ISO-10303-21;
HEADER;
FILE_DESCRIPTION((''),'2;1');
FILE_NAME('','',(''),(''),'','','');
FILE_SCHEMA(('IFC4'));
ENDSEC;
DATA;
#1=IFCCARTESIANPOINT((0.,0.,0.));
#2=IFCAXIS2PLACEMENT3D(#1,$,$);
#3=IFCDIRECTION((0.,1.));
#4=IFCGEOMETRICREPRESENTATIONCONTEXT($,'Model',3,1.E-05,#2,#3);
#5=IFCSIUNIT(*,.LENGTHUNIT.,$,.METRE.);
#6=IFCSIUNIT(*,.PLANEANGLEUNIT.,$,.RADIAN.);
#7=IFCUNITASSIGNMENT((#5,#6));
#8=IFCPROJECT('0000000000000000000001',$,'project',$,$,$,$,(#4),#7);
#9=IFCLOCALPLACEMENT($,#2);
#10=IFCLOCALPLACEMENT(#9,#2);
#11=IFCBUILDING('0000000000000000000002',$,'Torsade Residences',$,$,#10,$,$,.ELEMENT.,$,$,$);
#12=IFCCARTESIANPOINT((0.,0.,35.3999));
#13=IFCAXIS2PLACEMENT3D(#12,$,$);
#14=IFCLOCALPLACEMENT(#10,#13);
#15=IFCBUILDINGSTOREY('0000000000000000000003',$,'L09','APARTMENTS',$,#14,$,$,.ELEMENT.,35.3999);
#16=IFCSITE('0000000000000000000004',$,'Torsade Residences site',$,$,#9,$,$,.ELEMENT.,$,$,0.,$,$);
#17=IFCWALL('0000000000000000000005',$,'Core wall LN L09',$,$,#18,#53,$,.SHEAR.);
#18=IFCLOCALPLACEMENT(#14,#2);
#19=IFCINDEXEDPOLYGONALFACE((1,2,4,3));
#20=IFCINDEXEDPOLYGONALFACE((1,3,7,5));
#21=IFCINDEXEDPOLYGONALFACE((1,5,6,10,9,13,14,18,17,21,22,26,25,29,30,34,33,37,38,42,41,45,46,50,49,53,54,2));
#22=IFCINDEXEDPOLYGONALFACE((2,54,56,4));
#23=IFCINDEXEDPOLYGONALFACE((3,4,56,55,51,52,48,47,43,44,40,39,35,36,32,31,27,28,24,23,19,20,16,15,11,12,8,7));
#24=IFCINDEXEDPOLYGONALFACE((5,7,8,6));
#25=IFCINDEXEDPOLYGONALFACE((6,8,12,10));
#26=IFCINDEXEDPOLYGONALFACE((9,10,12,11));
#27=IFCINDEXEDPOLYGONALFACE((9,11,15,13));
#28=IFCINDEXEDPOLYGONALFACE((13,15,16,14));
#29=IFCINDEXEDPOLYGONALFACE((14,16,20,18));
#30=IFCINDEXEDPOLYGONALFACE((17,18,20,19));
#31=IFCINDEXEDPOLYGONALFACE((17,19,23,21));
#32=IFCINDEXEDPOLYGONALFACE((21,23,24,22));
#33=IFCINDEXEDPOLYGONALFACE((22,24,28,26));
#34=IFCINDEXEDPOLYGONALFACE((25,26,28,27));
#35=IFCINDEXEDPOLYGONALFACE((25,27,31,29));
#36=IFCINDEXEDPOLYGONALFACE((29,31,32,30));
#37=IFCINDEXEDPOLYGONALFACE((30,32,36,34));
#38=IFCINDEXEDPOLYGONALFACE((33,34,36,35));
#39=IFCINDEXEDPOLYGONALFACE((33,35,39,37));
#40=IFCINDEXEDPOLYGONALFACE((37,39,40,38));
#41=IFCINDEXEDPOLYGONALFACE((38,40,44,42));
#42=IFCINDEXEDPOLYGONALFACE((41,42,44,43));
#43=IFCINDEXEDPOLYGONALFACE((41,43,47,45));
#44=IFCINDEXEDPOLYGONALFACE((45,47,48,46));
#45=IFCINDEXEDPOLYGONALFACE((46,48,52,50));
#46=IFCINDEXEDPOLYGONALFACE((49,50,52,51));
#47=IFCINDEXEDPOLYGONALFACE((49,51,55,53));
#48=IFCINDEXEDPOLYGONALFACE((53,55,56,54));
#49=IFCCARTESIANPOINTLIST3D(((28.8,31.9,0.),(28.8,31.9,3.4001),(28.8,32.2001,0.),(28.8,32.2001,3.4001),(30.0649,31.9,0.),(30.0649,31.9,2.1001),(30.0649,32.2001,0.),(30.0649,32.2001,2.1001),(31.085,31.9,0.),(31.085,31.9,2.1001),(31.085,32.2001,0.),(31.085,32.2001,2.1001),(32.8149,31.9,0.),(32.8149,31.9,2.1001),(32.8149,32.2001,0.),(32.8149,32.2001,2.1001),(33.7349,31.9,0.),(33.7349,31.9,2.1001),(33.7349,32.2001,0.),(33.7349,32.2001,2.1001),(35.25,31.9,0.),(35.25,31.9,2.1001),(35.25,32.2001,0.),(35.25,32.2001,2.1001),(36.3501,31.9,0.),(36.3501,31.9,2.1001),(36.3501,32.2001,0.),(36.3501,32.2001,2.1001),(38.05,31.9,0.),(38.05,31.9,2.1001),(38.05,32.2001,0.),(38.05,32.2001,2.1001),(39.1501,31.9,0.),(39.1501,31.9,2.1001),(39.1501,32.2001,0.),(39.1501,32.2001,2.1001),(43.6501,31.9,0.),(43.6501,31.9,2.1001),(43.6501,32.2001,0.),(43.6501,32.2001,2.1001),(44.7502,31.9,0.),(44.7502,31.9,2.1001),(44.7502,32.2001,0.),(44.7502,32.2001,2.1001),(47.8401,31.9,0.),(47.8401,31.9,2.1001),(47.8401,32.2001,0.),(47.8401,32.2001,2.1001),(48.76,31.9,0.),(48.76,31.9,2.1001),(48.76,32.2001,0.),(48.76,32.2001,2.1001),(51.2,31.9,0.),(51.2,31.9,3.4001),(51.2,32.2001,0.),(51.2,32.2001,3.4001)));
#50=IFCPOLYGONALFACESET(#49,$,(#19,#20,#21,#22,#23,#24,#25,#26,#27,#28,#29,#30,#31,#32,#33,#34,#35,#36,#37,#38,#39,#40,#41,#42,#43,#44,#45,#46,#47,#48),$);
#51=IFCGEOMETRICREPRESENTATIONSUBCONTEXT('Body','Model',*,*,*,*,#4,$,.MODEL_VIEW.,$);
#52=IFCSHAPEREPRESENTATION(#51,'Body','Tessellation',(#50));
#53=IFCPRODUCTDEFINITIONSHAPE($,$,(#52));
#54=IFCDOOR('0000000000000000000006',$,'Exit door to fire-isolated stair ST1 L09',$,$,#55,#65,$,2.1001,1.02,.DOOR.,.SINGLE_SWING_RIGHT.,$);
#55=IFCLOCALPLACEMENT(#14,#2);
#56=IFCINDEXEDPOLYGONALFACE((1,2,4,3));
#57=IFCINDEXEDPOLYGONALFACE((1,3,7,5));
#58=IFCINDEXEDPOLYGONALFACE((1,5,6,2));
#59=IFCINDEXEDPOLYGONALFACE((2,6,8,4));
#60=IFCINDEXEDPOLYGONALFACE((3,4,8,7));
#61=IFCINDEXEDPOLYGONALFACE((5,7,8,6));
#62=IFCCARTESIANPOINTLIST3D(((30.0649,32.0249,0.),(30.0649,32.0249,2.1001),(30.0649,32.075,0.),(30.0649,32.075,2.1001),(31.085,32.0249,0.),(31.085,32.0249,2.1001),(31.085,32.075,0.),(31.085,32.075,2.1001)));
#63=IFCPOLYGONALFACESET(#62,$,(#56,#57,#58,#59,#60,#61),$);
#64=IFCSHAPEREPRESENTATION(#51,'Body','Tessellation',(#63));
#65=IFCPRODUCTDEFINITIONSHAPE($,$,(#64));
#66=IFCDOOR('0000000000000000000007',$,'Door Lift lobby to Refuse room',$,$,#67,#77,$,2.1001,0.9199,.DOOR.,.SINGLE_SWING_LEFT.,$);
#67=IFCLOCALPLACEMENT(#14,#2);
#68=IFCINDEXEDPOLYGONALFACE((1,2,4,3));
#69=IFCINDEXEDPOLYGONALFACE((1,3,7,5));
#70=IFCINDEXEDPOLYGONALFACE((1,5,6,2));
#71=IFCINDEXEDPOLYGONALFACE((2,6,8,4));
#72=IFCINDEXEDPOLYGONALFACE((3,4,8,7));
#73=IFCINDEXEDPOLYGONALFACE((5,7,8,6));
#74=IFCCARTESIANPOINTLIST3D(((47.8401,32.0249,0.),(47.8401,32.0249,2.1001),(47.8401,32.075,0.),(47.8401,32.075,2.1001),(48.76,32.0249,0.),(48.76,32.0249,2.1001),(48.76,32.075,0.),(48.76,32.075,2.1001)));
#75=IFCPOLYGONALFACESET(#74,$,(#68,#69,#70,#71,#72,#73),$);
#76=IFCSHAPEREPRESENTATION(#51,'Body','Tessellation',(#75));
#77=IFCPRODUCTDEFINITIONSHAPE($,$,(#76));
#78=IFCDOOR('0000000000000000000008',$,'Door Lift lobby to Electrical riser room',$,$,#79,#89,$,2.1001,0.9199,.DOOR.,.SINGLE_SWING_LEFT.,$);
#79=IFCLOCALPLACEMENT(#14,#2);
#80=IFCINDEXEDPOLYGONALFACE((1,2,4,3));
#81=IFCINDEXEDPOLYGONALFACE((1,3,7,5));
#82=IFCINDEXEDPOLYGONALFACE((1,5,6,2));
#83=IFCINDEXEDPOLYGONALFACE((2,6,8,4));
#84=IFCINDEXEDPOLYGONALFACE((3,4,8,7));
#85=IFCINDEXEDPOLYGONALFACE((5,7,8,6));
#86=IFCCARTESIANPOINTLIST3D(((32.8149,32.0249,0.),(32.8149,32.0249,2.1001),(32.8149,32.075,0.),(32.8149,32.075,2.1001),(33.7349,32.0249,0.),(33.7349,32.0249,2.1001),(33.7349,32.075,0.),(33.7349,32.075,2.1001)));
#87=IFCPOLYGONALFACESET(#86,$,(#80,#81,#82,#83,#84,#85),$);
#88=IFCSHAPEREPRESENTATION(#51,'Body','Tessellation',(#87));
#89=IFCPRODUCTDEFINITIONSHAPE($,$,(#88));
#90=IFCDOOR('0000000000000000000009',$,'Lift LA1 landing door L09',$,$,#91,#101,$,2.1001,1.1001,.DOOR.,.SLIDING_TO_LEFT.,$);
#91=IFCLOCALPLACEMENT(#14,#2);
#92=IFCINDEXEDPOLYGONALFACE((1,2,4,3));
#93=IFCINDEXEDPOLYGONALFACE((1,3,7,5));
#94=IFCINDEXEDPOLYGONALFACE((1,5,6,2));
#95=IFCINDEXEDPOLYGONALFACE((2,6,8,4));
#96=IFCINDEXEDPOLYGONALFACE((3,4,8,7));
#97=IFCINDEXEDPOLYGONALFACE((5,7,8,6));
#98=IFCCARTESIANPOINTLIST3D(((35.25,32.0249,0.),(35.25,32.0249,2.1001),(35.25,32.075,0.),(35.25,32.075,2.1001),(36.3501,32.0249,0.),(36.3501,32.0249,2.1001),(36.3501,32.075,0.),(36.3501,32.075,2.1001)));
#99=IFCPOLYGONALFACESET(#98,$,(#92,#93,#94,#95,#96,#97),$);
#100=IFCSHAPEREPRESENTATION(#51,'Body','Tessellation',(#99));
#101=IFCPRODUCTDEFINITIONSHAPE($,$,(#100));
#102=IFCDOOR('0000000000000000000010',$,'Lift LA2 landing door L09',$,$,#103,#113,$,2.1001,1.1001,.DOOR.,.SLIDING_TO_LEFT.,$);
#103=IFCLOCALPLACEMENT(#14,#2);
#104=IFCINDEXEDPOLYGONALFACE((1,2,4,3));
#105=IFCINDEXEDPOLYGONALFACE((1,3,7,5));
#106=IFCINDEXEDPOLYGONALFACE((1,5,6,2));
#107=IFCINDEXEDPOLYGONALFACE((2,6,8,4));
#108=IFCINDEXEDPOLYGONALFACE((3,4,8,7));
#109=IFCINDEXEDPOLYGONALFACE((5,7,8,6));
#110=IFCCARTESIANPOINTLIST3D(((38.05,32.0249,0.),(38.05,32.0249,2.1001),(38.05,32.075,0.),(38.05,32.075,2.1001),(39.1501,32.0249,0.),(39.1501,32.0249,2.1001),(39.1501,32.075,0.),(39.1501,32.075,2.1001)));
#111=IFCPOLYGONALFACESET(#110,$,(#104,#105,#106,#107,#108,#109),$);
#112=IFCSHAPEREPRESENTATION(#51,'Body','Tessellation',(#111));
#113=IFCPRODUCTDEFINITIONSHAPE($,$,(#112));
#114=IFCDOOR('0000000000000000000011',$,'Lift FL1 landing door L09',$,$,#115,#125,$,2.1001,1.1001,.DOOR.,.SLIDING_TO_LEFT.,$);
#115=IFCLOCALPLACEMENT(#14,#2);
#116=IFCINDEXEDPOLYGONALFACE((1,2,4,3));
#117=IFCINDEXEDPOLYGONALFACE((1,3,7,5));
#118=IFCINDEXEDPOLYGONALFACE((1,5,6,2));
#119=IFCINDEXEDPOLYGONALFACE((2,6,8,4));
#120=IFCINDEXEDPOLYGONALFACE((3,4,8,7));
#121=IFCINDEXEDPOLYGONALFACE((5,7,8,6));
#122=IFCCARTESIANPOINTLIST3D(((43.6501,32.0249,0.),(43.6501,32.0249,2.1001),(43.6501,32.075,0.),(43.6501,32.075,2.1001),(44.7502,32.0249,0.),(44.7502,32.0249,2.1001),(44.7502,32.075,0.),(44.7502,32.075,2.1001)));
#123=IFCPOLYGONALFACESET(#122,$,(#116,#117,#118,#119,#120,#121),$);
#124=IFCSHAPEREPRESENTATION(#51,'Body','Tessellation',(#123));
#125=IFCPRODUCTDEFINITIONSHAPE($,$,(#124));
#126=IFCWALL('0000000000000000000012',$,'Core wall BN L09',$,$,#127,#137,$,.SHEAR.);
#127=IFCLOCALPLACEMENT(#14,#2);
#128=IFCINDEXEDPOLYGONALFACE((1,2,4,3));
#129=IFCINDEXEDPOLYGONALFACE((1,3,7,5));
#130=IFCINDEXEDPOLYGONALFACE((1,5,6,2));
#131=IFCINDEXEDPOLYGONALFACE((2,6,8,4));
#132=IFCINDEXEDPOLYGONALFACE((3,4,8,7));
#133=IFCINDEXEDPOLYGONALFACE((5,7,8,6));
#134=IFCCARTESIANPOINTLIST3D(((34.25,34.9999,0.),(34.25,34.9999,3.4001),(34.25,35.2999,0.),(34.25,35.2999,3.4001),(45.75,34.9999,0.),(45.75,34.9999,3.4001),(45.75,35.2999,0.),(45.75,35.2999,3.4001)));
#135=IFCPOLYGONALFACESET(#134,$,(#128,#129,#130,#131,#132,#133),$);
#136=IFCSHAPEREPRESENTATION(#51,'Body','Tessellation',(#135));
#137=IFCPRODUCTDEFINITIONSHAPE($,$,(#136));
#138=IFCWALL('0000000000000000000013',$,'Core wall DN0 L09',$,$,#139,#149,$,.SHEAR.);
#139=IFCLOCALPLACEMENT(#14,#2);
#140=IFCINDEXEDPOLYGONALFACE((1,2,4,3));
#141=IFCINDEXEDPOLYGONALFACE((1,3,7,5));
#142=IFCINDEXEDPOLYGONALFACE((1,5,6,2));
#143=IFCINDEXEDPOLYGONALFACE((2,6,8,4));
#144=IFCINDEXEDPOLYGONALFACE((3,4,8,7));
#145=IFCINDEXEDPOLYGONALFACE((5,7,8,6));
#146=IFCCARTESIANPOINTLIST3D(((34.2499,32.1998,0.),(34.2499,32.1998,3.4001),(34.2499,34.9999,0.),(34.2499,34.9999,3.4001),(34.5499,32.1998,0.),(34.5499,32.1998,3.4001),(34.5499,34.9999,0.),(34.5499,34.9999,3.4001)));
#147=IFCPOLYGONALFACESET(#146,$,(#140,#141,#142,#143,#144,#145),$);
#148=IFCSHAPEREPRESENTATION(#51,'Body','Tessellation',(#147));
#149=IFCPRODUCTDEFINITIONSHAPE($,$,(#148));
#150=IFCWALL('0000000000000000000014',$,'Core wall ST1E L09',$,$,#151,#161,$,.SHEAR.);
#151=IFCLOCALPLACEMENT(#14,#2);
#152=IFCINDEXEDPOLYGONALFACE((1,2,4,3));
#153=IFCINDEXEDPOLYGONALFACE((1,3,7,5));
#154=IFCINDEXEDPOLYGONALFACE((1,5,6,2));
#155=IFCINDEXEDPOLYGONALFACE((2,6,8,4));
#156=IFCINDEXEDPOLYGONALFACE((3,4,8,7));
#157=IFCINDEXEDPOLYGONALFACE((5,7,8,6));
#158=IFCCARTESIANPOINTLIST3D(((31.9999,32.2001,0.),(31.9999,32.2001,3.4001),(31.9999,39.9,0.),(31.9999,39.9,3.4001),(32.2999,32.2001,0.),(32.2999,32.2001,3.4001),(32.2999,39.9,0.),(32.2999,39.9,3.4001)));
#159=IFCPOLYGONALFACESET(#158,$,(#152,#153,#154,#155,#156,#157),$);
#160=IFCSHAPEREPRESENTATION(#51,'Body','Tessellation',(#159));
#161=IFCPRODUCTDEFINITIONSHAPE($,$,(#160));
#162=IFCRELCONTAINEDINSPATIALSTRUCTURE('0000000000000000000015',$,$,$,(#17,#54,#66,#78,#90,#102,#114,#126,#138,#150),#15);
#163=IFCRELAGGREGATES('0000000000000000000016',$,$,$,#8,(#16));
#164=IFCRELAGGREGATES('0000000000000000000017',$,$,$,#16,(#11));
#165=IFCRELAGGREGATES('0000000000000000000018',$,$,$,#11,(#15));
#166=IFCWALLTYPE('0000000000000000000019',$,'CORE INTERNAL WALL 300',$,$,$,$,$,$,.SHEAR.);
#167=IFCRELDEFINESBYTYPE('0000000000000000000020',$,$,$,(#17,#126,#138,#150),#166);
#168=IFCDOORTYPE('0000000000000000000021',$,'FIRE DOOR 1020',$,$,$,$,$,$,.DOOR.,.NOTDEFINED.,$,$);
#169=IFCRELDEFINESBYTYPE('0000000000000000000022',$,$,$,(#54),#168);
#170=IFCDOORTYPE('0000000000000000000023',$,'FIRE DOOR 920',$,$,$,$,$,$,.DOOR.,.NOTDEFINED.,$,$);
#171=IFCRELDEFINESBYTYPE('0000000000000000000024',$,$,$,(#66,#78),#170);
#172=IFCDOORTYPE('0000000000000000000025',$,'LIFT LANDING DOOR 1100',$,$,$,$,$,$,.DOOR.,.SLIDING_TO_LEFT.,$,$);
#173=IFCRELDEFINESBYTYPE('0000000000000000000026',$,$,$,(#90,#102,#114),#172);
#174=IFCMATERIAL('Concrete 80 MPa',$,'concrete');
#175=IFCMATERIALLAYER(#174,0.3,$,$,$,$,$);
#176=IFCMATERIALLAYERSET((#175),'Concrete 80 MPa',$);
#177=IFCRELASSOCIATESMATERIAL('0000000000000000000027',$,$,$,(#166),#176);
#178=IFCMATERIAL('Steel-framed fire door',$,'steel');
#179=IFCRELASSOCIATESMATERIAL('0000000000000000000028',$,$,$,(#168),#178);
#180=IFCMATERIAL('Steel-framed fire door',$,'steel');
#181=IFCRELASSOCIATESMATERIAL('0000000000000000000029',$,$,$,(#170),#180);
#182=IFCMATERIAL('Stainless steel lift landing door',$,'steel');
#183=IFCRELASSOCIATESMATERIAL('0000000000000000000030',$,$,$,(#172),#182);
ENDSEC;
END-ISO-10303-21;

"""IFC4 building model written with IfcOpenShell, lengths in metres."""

from ifc_helpers import new_model, si_unit, direction, frame, frame_2d, origin, place, context, subcontext, project, spatial, rectangle, extrude, material, layer, layer_set, type_object, element, fill, save


model = new_model("IFC4")

# Units and contexts
model_context = context("Model", 3, precision=1e-05, world=origin(), true_north=direction((0.0, 1.0)))
body_context = subcontext(model_context, "Body", "Model", "MODEL_VIEW")
ifc_project = project(units=[si_unit("LENGTHUNIT", "METRE"), si_unit("PLANEANGLEUNIT", "RADIAN")], contexts=[model_context])

# Site, building, storey
site_placement = place(None, origin())
site = spatial("IfcSite", under=ifc_project, at=site_placement, Name="Torsade Residences site", CompositionType="ELEMENT", RefElevation=0.0)
building_placement = place(site_placement, origin())
building = spatial("IfcBuilding", under=site, at=building_placement, Name="Torsade Residences", CompositionType="ELEMENT")
storey_placement = place(building_placement, frame((0.0, 0.0, 35.3999)))
storey = spatial("IfcBuildingStorey", under=building, at=storey_placement, Name="L09", Description="APARTMENTS", CompositionType="ELEMENT", Elevation=35.3999)

# Wall, openings, doors
ifc_material_1 = material(Name="Concrete 80 MPa", Category="concrete")
ifc_layer_1 = layer(ifc_material_1, 0.3)
ifc_layer_set_1 = layer_set([ifc_layer_1], Name="Concrete 80 MPa")
wall_type_1 = type_object("IfcWallType", Name="CORE INTERNAL WALL 300", PredefinedType="SHEAR", material=ifc_layer_set_1)
wall_1_placement = place(storey_placement, frame((28.8, 32.05, 0.0), z_axis=(0.0, 0.0, 1.0), x_axis=(1.0, 0.0, 0.0)))
wall_1 = element("IfcWall", 1, at=wall_1_placement, inside=storey, type_object=wall_type_1, Name="Core wall LN L09", PredefinedType="SHEAR", context=body_context, shape_type="SweptSolid", body=[
    extrude(rectangle(XDim=22.3999, YDim=0.3, at=frame_2d((11.2, 0.0))), origin(), (0.0, 0.0, 1.0), 3.4001),
])
opening_1_placement = place(wall_1_placement, frame((19.04, 0.0, 0.0)))
opening_1 = element("IfcOpeningElement", 2, at=opening_1_placement, cuts=wall_1, PredefinedType="OPENING", context=body_context, shape_type="SweptSolid", body=[
    extrude(rectangle(XDim=0.9199, YDim=2.1001, at=frame_2d((0.46, 1.05))), frame((0.0, 0.1599, 0.0), z_axis=(0.0, -1.0, 0.0), x_axis=(1.0, 0.0, 0.0)), (0.0, 0.0, 1.0), 0.3201),
])
opening_2_placement = place(wall_1_placement, frame((1.2649, 0.0, 0.0)))
opening_2 = element("IfcOpeningElement", 3, at=opening_2_placement, cuts=wall_1, PredefinedType="OPENING", context=body_context, shape_type="SweptSolid", body=[
    extrude(rectangle(XDim=1.02, YDim=2.1001, at=frame_2d((0.51, 1.05))), frame((0.0, 0.1599, 0.0), z_axis=(0.0, -1.0, 0.0), x_axis=(1.0, 0.0, 0.0)), (0.0, 0.0, 1.0), 0.3201),
])
opening_3_placement = place(wall_1_placement, frame((4.0149, 0.0, 0.0)))
opening_3 = element("IfcOpeningElement", 4, at=opening_3_placement, cuts=wall_1, PredefinedType="OPENING", context=body_context, shape_type="SweptSolid", body=[
    extrude(rectangle(XDim=0.9199, YDim=2.1001, at=frame_2d((0.46, 1.05))), frame((0.0, 0.1599, 0.0), z_axis=(0.0, -1.0, 0.0), x_axis=(1.0, 0.0, 0.0)), (0.0, 0.0, 1.0), 0.3201),
])
opening_4_placement = place(wall_1_placement, frame((6.45, 0.0, 0.0)))
opening_4 = element("IfcOpeningElement", 5, at=opening_4_placement, cuts=wall_1, PredefinedType="OPENING", context=body_context, shape_type="SweptSolid", body=[
    extrude(rectangle(XDim=1.1001, YDim=2.1001, at=frame_2d((0.55, 1.05))), frame((0.0, 0.1599, 0.0), z_axis=(0.0, -1.0, 0.0), x_axis=(1.0, 0.0, 0.0)), (0.0, 0.0, 1.0), 0.3201),
])
opening_5_placement = place(wall_1_placement, frame((9.25, 0.0, 0.0)))
opening_5 = element("IfcOpeningElement", 6, at=opening_5_placement, cuts=wall_1, PredefinedType="OPENING", context=body_context, shape_type="SweptSolid", body=[
    extrude(rectangle(XDim=1.1001, YDim=2.1001, at=frame_2d((0.55, 1.05))), frame((0.0, 0.1599, 0.0), z_axis=(0.0, -1.0, 0.0), x_axis=(1.0, 0.0, 0.0)), (0.0, 0.0, 1.0), 0.3201),
])
opening_6_placement = place(wall_1_placement, frame((14.8501, 0.0, 0.0)))
opening_6 = element("IfcOpeningElement", 7, at=opening_6_placement, cuts=wall_1, PredefinedType="OPENING", context=body_context, shape_type="SweptSolid", body=[
    extrude(rectangle(XDim=1.1001, YDim=2.1001, at=frame_2d((0.55, 1.05))), frame((0.0, 0.1599, 0.0), z_axis=(0.0, -1.0, 0.0), x_axis=(1.0, 0.0, 0.0)), (0.0, 0.0, 1.0), 0.3201),
])
ifc_material_2 = material(Name="Steel-framed fire door", Category="steel")
door_type_1 = type_object("IfcDoorType", Name="FIRE DOOR 1020", OperationType="NOTDEFINED", PredefinedType="DOOR", material=ifc_material_2)
door_1_placement = place(opening_2_placement, origin())
door_1 = element("IfcDoor", 8, at=door_1_placement, inside=storey, type_object=door_type_1, Name="Exit door to fire-isolated stair ST1 L09", OperationType="SINGLE_SWING_RIGHT", OverallHeight=2.1001, OverallWidth=1.02, PredefinedType="DOOR", context=body_context, shape_type="SweptSolid", body=[
    extrude(rectangle(XDim=1.02, YDim=2.1001, at=frame_2d((0.51, 1.05))), frame((0.0, 0.0249, 0.0), z_axis=(0.0, -1.0, 0.0), x_axis=(1.0, 0.0, 0.0)), (0.0, 0.0, 1.0), 0.05),
])
fill(opening_2, door_1)
ifc_material_3 = material(Name="Steel-framed fire door", Category="steel")
door_type_2 = type_object("IfcDoorType", Name="FIRE DOOR 920", OperationType="NOTDEFINED", PredefinedType="DOOR", material=ifc_material_3)
door_2_placement = place(opening_1_placement, origin())
door_2 = element("IfcDoor", 9, at=door_2_placement, inside=storey, type_object=door_type_2, Name="Door Lift lobby to Refuse room", OperationType="SINGLE_SWING_LEFT", OverallHeight=2.1001, OverallWidth=0.9199, PredefinedType="DOOR", context=body_context, shape_type="SweptSolid", body=[
    extrude(rectangle(XDim=0.9199, YDim=2.1001, at=frame_2d((0.46, 1.05))), frame((0.0, 0.0249, 0.0), z_axis=(0.0, -1.0, 0.0), x_axis=(1.0, 0.0, 0.0)), (0.0, 0.0, 1.0), 0.05),
])
fill(opening_1, door_2)
door_3_placement = place(opening_3_placement, origin())
door_3 = element("IfcDoor", 10, at=door_3_placement, inside=storey, type_object=door_type_2, Name="Door Lift lobby to Electrical riser room", OperationType="SINGLE_SWING_LEFT", OverallHeight=2.1001, OverallWidth=0.9199, PredefinedType="DOOR", context=body_context, shape_type="SweptSolid", body=[
    extrude(rectangle(XDim=0.9199, YDim=2.1001, at=frame_2d((0.46, 1.05))), frame((0.0, 0.0249, 0.0), z_axis=(0.0, -1.0, 0.0), x_axis=(1.0, 0.0, 0.0)), (0.0, 0.0, 1.0), 0.05),
])
fill(opening_3, door_3)
ifc_material_4 = material(Name="Stainless steel lift landing door", Category="steel")
door_type_3 = type_object("IfcDoorType", Name="LIFT LANDING DOOR 1100", OperationType="SLIDING_TO_LEFT", PredefinedType="DOOR", material=ifc_material_4)
door_4_placement = place(opening_4_placement, origin())
door_4 = element("IfcDoor", 11, at=door_4_placement, inside=storey, type_object=door_type_3, Name="Lift LA1 landing door L09", OperationType="SLIDING_TO_LEFT", OverallHeight=2.1001, OverallWidth=1.1001, PredefinedType="DOOR", context=body_context, shape_type="SweptSolid", body=[
    extrude(rectangle(XDim=1.1001, YDim=2.1001, at=frame_2d((0.55, 1.05))), frame((0.0, 0.0249, 0.0), z_axis=(0.0, -1.0, 0.0), x_axis=(1.0, 0.0, 0.0)), (0.0, 0.0, 1.0), 0.05),
])
fill(opening_4, door_4)
door_5_placement = place(opening_5_placement, origin())
door_5 = element("IfcDoor", 12, at=door_5_placement, inside=storey, type_object=door_type_3, Name="Lift LA2 landing door L09", OperationType="SLIDING_TO_LEFT", OverallHeight=2.1001, OverallWidth=1.1001, PredefinedType="DOOR", context=body_context, shape_type="SweptSolid", body=[
    extrude(rectangle(XDim=1.1001, YDim=2.1001, at=frame_2d((0.55, 1.05))), frame((0.0, 0.0249, 0.0), z_axis=(0.0, -1.0, 0.0), x_axis=(1.0, 0.0, 0.0)), (0.0, 0.0, 1.0), 0.05),
])
fill(opening_5, door_5)
door_6_placement = place(opening_6_placement, origin())
door_6 = element("IfcDoor", 13, at=door_6_placement, inside=storey, type_object=door_type_3, Name="Lift FL1 landing door L09", OperationType="SLIDING_TO_LEFT", OverallHeight=2.1001, OverallWidth=1.1001, PredefinedType="DOOR", context=body_context, shape_type="SweptSolid", body=[
    extrude(rectangle(XDim=1.1001, YDim=2.1001, at=frame_2d((0.55, 1.05))), frame((0.0, 0.0249, 0.0), z_axis=(0.0, -1.0, 0.0), x_axis=(1.0, 0.0, 0.0)), (0.0, 0.0, 1.0), 0.05),
])
fill(opening_6, door_6)

# Walls
wall_2_placement = place(storey_placement, frame((34.25, 35.1499, 0.0), z_axis=(0.0, 0.0, 1.0), x_axis=(1.0, 0.0, 0.0)))
element("IfcWall", 14, at=wall_2_placement, inside=storey, type_object=wall_type_1, Name="Core wall BN L09", PredefinedType="SHEAR", context=body_context, shape_type="SweptSolid", body=[
    extrude(rectangle(XDim=11.5, YDim=0.3, at=frame_2d((5.75, 0.0))), origin(), (0.0, 0.0, 1.0), 3.4001),
])
wall_3_placement = place(storey_placement, frame((34.3999, 32.2, 0.0), z_axis=(0.0, 0.0, 1.0), x_axis=(0.0, 1.0, 0.0)))
element("IfcWall", 15, at=wall_3_placement, inside=storey, type_object=wall_type_1, Name="Core wall DN0 L09", PredefinedType="SHEAR", context=body_context, shape_type="SweptSolid", body=[
    extrude(rectangle(XDim=2.8, YDim=0.3, at=frame_2d((1.3999, 0.0))), origin(), (0.0, 0.0, 1.0), 3.4001),
])
wall_4_placement = place(storey_placement, frame((32.1499, 32.2, 0.0), z_axis=(0.0, 0.0, 1.0), x_axis=(0.0, 1.0, 0.0)))
element("IfcWall", 16, at=wall_4_placement, inside=storey, type_object=wall_type_1, Name="Core wall ST1E L09", PredefinedType="SHEAR", context=body_context, shape_type="SweptSolid", body=[
    extrude(rectangle(XDim=7.7, YDim=0.3, at=frame_2d((3.8501, 0.0))), origin(), (0.0, 0.0, 1.0), 3.4001),
])

save(model, "model.ifc")
